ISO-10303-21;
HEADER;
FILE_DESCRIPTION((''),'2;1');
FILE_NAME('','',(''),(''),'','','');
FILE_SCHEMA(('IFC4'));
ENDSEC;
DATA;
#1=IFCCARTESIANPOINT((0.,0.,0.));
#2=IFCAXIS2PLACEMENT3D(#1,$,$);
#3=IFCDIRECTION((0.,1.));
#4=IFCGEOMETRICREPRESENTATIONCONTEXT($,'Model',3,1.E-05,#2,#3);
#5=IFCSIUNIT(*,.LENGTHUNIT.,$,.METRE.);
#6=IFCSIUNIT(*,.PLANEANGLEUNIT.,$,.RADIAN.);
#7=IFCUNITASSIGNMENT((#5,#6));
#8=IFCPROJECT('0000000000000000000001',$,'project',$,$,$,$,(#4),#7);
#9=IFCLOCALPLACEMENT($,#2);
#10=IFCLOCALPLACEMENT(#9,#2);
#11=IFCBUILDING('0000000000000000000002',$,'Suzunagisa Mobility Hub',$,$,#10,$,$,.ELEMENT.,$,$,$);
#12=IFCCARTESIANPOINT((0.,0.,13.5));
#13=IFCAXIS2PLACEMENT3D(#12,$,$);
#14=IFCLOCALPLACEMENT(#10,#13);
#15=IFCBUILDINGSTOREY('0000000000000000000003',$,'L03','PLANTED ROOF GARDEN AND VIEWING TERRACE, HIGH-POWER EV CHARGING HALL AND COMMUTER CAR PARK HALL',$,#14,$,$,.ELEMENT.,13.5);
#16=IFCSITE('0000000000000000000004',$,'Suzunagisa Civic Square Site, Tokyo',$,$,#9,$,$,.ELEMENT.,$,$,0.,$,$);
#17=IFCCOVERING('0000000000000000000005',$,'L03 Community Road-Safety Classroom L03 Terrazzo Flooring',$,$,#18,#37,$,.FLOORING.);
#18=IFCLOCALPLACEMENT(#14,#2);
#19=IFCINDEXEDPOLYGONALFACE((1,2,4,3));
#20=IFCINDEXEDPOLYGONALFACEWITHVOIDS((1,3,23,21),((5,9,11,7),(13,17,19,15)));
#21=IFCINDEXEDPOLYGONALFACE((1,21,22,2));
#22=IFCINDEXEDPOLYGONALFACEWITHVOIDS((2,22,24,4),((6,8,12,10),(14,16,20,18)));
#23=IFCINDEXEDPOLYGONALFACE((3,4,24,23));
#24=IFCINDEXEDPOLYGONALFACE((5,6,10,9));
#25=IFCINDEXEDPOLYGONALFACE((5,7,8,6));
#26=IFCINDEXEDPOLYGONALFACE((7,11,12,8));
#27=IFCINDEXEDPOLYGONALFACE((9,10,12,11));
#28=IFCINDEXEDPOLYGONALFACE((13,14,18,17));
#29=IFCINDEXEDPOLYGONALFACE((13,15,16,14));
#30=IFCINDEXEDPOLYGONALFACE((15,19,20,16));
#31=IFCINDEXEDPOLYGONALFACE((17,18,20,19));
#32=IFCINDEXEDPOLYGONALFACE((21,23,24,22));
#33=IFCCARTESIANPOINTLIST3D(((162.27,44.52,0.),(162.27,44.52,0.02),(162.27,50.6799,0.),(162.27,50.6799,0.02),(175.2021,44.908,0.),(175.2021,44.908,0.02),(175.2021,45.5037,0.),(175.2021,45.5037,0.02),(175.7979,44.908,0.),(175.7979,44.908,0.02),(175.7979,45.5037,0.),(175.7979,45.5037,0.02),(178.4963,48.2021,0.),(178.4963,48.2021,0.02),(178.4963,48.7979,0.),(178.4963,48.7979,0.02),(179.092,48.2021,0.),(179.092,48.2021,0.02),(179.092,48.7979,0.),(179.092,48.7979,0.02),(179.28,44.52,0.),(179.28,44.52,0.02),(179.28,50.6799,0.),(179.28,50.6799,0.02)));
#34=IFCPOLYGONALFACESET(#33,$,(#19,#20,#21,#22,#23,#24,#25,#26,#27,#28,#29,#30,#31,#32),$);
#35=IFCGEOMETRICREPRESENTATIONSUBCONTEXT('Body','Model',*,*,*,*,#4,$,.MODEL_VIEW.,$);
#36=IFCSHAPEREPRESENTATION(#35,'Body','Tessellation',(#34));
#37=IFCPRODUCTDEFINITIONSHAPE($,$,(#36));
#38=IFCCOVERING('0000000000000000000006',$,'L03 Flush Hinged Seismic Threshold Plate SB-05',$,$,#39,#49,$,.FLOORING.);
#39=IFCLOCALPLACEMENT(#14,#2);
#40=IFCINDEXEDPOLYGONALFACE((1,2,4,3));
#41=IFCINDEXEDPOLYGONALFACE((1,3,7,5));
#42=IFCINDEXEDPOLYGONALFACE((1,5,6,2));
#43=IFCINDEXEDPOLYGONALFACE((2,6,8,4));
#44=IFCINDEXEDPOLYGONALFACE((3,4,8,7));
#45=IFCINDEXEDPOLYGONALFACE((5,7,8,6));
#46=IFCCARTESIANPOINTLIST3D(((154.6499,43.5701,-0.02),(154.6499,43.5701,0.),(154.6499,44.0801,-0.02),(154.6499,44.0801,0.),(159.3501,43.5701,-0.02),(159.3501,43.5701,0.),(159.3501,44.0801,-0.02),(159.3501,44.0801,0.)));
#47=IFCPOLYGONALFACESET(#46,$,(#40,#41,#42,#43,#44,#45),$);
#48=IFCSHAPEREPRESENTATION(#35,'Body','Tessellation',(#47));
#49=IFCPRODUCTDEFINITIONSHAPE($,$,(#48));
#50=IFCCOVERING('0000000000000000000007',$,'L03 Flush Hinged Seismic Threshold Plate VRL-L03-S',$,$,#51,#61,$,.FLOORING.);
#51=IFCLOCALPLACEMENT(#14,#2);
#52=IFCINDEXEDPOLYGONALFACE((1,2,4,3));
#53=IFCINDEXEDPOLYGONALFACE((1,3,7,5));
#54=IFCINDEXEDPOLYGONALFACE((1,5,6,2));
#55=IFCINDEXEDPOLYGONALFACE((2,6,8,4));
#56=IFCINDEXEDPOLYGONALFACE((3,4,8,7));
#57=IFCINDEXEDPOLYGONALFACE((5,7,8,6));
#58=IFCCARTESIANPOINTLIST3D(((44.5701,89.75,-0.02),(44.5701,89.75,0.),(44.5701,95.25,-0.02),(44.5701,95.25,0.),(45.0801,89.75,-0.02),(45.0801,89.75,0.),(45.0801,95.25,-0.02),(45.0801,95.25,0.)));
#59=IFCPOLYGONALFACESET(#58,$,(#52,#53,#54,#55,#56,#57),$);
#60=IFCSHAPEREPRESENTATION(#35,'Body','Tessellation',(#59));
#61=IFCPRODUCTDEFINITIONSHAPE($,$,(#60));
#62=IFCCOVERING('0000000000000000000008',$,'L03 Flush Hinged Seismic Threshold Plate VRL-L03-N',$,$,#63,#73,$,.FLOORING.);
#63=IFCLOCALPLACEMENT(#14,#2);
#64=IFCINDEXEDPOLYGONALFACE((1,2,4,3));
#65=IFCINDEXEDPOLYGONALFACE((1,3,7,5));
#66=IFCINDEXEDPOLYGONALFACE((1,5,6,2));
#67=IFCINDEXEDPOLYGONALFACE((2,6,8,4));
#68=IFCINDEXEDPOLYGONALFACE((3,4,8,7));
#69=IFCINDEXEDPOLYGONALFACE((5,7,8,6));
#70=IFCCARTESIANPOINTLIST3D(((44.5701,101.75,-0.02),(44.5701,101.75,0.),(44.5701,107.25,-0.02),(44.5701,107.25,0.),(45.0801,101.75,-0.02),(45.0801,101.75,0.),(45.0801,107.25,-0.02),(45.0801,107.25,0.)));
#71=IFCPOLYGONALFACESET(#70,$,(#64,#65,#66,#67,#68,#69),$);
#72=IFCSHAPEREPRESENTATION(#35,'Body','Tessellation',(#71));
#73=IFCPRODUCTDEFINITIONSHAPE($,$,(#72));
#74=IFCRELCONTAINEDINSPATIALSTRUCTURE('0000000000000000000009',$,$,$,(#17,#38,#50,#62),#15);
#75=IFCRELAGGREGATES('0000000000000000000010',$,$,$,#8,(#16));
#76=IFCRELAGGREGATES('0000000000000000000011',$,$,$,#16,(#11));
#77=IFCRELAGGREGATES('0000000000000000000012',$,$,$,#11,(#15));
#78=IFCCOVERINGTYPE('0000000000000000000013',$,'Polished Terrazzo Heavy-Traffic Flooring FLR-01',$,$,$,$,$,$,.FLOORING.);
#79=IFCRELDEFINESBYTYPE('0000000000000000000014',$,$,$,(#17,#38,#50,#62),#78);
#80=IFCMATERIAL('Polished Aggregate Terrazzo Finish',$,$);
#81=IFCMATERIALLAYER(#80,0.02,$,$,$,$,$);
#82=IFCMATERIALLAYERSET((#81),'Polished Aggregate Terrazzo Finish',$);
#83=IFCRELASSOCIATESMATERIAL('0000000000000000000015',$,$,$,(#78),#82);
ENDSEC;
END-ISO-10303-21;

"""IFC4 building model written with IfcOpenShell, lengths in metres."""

from ifc_helpers import new_model, si_unit, direction, frame, origin, place, context, subcontext, project, spatial, polyline, outline, extrude, material, layer, layer_set, type_object, element, save


model = new_model("IFC4")

# Units and contexts
model_context = context("Model", 3, precision=1e-05, world=origin(), true_north=direction((0.0, 1.0)))
body_context = subcontext(model_context, "Body", "Model", "MODEL_VIEW")
ifc_project = project(units=[si_unit("LENGTHUNIT", "METRE"), si_unit("PLANEANGLEUNIT", "RADIAN")], contexts=[model_context])

# Site, building, storey
site_placement = place(None, origin())
site = spatial("IfcSite", under=ifc_project, at=site_placement, Name="Suzunagisa Civic Square Site, Tokyo", CompositionType="ELEMENT", RefElevation=0.0)
building_placement = place(site_placement, origin())
building = spatial("IfcBuilding", under=site, at=building_placement, Name="Suzunagisa Mobility Hub", CompositionType="ELEMENT")
storey_placement = place(building_placement, frame((0.0, 0.0, 13.5)))
storey = spatial("IfcBuildingStorey", under=building, at=storey_placement, Name="L03", Description="PLANTED ROOF GARDEN AND VIEWING TERRACE, HIGH-POWER EV CHARGING HALL AND COMMUTER CAR PARK HALL", CompositionType="ELEMENT", Elevation=13.5)

# Coverings
ifc_material_1 = material(Name="Polished Aggregate Terrazzo Finish")
ifc_layer_1 = layer(ifc_material_1, 0.02)
ifc_layer_set_1 = layer_set([ifc_layer_1], Name="Polished Aggregate Terrazzo Finish")
covering_type = type_object("IfcCoveringType", Name="Polished Terrazzo Heavy-Traffic Flooring FLR-01", PredefinedType="FLOORING", material=ifc_layer_set_1)
covering_1_placement = place(storey_placement, origin())
element("IfcCovering", 1, at=covering_1_placement, inside=storey, type_object=covering_type, Name="L03 Community Road-Safety Classroom L03 Terrazzo Flooring", PredefinedType="FLOORING", context=body_context, shape_type="SweptSolid", body=[
    extrude(outline(polyline([(179.28, 50.6799), (179.28, 44.52), (162.27, 44.52), (162.27, 50.6799), (179.28, 50.6799)]), holes=[polyline([(175.7979, 45.5037), (175.2021, 45.5037), (175.2021, 44.908), (175.7979, 44.908), (175.7979, 45.5037)]), polyline([(179.092, 48.2021), (179.092, 48.7979), (178.4963, 48.7979), (178.4963, 48.2021), (179.092, 48.2021)])]), origin(), (0.0, 0.0, 1.0), 0.02),
])
covering_2_placement = place(storey_placement, frame((0.0, 0.0, -0.02)))
element("IfcCovering", 2, at=covering_2_placement, inside=storey, type_object=covering_type, Name="L03 Flush Hinged Seismic Threshold Plate SB-05", PredefinedType="FLOORING", context=body_context, shape_type="SweptSolid", body=[
    extrude(outline(polyline([(154.6499, 43.5701), (159.3501, 43.5701), (159.3501, 44.0801), (154.6499, 44.0801), (154.6499, 43.5701)])), origin(), (0.0, 0.0, 1.0), 0.02),
])
covering_3_placement = place(storey_placement, frame((0.0, 0.0, -0.02)))
element("IfcCovering", 3, at=covering_3_placement, inside=storey, type_object=covering_type, Name="L03 Flush Hinged Seismic Threshold Plate VRL-L03-S", PredefinedType="FLOORING", context=body_context, shape_type="SweptSolid", body=[
    extrude(outline(polyline([(44.5701, 89.75), (45.0801, 89.75), (45.0801, 95.25), (44.5701, 95.25), (44.5701, 89.75)])), origin(), (0.0, 0.0, 1.0), 0.02),
])
covering_4_placement = place(storey_placement, frame((0.0, 0.0, -0.02)))
element("IfcCovering", 4, at=covering_4_placement, inside=storey, type_object=covering_type, Name="L03 Flush Hinged Seismic Threshold Plate VRL-L03-N", PredefinedType="FLOORING", context=body_context, shape_type="SweptSolid", body=[
    extrude(outline(polyline([(44.5701, 101.75), (45.0801, 101.75), (45.0801, 107.25), (44.5701, 107.25), (44.5701, 101.75)])), origin(), (0.0, 0.0, 1.0), 0.02),
])

save(model, "model.ifc")
